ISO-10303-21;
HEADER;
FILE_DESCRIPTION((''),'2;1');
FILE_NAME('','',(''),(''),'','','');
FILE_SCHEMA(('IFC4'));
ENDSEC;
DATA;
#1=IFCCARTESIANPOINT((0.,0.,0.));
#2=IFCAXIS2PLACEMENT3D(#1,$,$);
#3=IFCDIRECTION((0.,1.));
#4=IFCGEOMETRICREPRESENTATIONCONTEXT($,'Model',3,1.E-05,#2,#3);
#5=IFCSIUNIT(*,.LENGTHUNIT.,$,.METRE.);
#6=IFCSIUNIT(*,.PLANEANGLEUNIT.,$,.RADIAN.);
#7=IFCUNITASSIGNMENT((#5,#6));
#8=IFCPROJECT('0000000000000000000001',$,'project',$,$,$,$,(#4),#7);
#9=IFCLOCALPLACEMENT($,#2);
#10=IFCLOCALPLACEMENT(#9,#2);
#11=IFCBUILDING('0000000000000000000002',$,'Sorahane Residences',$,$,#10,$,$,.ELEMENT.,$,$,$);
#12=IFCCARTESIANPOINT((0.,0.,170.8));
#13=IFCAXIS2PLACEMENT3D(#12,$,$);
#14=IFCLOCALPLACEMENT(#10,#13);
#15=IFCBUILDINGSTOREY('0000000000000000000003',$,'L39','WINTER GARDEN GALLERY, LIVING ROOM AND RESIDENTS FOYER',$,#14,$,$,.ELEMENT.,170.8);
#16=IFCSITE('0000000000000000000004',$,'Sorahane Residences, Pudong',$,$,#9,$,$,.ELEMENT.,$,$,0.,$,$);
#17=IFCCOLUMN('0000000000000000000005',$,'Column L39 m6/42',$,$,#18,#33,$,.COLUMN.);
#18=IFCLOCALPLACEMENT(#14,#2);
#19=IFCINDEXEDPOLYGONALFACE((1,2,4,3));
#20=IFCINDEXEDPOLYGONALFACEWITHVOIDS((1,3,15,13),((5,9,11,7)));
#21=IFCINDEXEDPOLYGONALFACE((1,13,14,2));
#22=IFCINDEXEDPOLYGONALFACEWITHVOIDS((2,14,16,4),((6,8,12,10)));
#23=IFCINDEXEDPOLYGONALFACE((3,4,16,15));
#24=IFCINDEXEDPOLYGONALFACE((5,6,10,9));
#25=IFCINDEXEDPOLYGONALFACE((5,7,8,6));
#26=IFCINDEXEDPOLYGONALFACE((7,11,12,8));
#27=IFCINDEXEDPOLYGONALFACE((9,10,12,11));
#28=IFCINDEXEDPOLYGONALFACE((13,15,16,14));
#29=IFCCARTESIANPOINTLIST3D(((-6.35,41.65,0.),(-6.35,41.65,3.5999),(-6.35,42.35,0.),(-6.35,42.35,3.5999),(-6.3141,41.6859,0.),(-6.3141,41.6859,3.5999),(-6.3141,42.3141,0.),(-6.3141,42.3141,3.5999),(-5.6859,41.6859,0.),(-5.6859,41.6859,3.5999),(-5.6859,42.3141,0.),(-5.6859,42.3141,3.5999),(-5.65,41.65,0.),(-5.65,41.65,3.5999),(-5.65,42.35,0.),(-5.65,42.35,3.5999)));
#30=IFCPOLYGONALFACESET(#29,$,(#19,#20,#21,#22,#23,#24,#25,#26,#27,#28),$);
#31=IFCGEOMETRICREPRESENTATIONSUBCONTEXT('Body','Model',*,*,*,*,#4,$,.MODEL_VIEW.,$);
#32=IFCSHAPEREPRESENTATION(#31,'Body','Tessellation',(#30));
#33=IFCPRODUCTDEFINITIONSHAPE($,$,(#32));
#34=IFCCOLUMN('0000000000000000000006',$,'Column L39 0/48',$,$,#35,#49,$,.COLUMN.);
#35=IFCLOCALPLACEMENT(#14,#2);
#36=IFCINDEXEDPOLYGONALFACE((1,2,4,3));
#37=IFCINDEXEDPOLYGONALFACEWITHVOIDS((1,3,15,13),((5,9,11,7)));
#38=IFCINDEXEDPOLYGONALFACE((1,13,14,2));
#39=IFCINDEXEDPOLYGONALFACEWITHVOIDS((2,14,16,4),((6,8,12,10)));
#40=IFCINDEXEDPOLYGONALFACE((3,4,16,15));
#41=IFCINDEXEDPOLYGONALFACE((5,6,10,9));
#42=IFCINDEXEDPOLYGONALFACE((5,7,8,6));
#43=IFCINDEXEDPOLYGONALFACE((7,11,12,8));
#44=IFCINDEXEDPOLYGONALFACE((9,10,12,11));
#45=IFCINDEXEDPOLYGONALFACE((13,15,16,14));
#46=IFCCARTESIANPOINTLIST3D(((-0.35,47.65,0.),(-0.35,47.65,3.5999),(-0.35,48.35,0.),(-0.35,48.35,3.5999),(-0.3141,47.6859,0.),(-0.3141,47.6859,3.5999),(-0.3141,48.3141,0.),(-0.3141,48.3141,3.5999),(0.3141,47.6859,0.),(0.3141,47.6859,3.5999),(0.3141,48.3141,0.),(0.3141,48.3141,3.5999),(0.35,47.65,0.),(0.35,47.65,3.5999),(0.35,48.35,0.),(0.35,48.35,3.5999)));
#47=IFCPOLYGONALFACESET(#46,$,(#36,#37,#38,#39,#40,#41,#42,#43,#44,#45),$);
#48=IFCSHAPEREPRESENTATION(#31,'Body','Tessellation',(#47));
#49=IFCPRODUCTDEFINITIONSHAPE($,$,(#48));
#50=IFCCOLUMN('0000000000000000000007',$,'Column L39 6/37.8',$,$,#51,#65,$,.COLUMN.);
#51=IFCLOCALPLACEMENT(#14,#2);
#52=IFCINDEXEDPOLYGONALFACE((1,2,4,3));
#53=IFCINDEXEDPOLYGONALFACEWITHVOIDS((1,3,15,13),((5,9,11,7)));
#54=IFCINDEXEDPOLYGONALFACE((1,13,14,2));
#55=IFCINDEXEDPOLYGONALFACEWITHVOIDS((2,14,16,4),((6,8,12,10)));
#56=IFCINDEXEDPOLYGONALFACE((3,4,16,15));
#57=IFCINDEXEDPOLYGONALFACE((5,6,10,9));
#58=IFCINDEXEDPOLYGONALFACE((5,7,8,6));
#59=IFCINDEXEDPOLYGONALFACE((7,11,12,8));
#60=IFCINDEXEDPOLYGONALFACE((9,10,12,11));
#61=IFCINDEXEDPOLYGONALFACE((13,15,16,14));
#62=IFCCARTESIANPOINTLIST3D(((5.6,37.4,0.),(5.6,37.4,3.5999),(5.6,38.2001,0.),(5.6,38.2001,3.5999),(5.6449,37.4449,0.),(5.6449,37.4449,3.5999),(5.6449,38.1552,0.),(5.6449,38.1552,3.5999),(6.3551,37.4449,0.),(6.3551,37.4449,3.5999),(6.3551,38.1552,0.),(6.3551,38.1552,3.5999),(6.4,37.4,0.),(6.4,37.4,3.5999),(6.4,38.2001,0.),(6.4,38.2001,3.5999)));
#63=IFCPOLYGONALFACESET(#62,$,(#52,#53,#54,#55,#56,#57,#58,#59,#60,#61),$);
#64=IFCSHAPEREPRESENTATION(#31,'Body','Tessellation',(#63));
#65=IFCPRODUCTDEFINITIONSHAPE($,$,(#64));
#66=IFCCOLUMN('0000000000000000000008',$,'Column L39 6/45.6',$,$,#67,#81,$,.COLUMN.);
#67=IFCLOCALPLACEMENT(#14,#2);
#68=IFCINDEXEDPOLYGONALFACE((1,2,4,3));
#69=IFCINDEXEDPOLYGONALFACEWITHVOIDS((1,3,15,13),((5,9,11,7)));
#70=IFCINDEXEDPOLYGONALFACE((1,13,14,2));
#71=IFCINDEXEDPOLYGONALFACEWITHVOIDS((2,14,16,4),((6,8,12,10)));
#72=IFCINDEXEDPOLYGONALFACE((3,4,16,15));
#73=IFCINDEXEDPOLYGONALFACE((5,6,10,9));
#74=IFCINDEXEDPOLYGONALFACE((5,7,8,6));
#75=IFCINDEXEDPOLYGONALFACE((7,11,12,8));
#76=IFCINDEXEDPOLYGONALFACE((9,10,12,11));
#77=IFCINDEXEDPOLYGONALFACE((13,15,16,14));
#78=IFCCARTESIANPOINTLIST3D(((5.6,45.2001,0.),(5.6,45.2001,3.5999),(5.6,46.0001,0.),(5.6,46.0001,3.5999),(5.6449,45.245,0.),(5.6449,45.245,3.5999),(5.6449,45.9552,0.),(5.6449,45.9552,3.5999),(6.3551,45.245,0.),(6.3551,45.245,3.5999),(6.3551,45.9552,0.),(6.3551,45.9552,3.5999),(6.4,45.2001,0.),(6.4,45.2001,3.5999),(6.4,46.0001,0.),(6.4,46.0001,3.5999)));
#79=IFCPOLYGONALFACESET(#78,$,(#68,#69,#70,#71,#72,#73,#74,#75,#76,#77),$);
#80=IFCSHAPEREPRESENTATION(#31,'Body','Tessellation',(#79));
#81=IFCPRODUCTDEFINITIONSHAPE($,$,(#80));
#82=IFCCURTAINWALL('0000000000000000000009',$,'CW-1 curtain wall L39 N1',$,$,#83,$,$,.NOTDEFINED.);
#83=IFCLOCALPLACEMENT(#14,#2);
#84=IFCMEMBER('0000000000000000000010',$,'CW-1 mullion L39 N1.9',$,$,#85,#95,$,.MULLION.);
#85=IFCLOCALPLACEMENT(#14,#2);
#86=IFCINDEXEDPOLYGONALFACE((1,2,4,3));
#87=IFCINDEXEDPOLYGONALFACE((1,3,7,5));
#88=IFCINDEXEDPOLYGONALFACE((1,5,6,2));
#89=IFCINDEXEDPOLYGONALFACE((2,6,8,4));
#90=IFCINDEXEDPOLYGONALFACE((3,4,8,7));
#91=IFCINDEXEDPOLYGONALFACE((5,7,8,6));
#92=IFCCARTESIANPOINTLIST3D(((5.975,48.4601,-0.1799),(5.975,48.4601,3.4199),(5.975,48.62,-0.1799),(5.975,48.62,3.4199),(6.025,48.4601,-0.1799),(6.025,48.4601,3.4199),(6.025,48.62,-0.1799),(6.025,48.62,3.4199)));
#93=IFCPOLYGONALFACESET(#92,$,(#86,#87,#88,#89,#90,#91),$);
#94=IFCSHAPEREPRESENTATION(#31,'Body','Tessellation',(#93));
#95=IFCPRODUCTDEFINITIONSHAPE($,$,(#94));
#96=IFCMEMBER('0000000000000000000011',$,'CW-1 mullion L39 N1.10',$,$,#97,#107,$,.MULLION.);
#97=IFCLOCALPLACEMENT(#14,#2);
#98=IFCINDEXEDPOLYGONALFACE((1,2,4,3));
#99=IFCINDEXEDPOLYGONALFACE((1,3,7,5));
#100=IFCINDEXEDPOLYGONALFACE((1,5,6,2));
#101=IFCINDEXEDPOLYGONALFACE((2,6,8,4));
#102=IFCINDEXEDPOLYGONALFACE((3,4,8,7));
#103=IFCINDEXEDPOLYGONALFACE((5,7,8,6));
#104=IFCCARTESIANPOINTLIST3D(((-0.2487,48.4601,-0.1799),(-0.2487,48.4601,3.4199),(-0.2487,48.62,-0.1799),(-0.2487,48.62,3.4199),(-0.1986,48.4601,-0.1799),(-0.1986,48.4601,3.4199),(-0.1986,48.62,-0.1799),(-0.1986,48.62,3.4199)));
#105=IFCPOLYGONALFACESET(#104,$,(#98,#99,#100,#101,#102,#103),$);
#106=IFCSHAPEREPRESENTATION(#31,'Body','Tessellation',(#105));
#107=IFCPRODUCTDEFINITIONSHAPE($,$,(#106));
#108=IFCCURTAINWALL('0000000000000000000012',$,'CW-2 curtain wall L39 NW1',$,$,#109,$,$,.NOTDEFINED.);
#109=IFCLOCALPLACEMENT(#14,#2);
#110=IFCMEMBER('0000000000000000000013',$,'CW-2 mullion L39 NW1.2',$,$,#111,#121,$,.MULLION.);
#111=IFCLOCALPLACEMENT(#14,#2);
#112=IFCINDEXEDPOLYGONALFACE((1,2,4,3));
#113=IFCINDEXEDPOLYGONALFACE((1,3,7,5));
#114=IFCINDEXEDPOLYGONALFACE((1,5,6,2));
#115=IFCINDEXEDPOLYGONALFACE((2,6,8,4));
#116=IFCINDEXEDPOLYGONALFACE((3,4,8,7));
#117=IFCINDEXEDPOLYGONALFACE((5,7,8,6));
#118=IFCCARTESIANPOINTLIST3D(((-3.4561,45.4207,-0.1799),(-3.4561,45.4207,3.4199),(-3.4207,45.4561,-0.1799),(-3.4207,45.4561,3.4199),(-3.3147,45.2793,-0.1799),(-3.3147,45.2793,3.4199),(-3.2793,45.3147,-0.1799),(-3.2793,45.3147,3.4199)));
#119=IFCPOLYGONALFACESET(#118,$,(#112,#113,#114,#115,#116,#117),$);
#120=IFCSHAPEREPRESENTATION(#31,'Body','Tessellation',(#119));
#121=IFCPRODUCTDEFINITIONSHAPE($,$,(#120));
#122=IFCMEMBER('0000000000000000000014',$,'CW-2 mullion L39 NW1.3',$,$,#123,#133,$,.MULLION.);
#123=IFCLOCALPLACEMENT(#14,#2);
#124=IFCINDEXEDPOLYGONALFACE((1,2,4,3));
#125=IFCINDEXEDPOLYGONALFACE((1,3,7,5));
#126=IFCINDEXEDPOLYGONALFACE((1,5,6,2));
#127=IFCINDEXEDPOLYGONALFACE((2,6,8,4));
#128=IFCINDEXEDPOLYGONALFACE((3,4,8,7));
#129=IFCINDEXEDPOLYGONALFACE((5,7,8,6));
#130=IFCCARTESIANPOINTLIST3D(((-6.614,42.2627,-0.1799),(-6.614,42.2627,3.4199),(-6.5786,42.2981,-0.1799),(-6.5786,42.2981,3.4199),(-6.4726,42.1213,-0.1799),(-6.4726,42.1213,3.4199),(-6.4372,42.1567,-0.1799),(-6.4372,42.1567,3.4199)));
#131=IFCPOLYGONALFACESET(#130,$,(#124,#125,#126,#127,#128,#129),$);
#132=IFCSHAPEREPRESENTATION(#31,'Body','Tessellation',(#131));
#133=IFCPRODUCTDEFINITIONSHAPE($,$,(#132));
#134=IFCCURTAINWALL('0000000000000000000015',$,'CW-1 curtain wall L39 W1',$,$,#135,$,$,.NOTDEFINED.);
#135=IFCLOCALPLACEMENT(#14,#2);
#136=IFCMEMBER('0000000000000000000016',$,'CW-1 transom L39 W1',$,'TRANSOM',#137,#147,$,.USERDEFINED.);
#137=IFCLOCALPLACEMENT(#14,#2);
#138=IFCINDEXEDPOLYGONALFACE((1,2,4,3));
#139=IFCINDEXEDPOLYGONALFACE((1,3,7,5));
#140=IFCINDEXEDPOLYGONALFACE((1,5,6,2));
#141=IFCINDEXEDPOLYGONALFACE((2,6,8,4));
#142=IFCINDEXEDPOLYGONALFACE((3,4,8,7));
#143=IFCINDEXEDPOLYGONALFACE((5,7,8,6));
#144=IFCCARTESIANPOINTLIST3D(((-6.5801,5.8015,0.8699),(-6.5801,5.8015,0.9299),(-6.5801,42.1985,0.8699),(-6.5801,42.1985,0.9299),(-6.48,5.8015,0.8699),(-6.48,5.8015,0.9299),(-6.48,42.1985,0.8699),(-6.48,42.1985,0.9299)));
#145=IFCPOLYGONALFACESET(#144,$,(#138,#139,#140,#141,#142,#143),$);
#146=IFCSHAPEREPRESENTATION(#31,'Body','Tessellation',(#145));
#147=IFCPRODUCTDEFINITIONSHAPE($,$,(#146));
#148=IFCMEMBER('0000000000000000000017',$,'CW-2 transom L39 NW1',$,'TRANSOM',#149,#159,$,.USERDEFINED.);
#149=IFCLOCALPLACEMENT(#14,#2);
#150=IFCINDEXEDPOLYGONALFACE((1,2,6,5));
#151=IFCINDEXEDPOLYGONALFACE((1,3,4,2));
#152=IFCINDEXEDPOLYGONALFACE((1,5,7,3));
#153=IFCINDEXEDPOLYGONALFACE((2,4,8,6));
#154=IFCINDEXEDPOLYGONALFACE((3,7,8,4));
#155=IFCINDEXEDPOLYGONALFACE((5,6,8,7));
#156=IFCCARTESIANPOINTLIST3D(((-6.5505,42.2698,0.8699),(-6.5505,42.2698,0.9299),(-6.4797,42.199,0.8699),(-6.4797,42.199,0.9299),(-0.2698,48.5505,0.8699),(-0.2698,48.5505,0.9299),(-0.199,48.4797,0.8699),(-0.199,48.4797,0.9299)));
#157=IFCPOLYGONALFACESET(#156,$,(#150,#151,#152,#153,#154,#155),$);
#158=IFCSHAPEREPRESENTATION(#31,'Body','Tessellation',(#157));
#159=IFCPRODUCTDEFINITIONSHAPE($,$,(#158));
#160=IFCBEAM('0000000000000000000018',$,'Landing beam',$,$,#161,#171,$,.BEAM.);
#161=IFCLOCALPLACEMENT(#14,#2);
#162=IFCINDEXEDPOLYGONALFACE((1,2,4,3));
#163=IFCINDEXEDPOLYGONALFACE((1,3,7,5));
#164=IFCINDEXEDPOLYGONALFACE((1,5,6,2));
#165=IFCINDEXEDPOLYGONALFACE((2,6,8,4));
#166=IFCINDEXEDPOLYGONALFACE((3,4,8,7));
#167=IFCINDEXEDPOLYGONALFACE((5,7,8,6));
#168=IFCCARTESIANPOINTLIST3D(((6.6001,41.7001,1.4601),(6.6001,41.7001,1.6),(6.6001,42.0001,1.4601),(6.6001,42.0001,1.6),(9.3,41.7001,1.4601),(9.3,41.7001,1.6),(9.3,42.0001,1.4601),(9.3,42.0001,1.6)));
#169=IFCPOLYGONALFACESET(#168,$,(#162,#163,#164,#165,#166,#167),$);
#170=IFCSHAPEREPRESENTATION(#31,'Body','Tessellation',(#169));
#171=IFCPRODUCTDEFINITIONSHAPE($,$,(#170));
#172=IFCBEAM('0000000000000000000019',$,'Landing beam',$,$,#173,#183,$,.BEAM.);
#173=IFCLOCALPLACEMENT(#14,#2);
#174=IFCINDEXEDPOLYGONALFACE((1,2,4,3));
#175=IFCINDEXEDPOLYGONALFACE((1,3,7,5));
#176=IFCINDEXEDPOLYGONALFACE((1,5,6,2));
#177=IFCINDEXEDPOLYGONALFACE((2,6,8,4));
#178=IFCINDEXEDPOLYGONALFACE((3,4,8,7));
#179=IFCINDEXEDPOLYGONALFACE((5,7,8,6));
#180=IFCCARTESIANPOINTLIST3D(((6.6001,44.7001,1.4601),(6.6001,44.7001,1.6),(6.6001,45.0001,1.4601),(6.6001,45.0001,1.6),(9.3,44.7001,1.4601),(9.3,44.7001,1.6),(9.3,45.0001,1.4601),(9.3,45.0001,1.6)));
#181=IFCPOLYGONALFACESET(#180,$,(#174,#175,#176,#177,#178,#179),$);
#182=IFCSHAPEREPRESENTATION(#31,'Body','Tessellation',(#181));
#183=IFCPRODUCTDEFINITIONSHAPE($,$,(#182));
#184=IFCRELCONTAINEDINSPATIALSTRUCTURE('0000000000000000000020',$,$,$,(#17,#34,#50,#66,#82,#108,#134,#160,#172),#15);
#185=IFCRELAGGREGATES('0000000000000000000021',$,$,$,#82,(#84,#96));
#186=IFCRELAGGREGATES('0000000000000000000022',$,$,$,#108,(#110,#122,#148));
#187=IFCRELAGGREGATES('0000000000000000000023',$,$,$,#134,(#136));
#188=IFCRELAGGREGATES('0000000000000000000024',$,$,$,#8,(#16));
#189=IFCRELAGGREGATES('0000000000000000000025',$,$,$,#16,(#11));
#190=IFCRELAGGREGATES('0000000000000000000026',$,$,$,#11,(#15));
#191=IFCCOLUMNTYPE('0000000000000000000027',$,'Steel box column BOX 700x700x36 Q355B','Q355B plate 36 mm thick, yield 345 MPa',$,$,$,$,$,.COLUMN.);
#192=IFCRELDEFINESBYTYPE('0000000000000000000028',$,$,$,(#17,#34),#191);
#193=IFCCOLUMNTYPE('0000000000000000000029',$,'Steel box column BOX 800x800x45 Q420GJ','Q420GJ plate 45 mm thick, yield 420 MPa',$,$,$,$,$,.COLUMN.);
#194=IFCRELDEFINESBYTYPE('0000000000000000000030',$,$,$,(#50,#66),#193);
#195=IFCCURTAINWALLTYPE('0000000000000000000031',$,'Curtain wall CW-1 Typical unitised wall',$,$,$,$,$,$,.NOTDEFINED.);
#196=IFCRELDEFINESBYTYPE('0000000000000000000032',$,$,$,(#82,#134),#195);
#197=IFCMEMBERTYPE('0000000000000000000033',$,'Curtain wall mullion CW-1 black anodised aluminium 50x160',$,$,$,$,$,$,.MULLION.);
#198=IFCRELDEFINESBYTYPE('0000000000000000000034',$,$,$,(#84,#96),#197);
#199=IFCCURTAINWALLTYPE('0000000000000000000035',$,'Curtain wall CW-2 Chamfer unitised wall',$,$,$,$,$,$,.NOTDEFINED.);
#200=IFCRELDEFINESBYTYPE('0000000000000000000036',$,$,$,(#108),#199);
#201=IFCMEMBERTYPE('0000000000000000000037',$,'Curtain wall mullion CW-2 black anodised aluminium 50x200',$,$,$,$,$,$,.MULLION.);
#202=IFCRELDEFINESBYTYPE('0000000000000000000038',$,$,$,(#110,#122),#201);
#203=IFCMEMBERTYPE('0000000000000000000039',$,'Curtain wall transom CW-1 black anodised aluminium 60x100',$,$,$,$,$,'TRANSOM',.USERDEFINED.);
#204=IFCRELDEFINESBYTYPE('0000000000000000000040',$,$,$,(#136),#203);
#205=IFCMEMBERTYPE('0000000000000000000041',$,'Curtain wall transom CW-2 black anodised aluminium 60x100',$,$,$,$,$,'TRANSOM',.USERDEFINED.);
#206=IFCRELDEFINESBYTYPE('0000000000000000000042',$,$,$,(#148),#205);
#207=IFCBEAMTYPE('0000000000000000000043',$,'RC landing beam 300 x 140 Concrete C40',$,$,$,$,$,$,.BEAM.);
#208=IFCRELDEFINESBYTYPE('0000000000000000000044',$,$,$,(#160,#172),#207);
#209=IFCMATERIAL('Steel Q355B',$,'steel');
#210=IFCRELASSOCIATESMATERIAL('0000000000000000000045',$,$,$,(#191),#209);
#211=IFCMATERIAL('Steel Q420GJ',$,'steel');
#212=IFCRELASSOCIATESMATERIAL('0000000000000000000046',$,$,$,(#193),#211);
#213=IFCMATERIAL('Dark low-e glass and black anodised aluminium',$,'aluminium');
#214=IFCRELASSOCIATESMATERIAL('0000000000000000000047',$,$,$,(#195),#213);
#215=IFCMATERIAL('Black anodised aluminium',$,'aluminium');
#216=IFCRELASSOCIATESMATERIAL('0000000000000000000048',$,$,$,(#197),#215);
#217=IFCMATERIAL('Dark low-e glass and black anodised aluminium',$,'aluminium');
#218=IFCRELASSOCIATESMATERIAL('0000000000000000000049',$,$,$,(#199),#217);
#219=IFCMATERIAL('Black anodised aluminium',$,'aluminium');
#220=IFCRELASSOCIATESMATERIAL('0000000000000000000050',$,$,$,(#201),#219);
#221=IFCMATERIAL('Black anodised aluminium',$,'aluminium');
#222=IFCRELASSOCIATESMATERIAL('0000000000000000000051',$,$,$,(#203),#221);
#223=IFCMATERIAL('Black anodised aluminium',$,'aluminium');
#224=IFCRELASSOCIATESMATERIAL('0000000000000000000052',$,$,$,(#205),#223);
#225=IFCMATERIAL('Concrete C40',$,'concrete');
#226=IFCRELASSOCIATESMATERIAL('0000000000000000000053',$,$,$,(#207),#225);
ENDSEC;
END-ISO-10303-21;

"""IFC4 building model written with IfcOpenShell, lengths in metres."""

from ifc_helpers import new_model, si_unit, direction, frame, origin, origin_2d, place, context, subcontext, project, spatial, rectangle, hollow_rectangle, extrude, material, material_profile, profile_set, type_object, element, aggregate, save


model = new_model("IFC4")

# Units and contexts
model_context = context("Model", 3, precision=1e-05, world=origin(), true_north=direction((0.0, 1.0)))
body_context = subcontext(model_context, "Body", "Model", "MODEL_VIEW")
ifc_project = project(units=[si_unit("LENGTHUNIT", "METRE"), si_unit("PLANEANGLEUNIT", "RADIAN")], contexts=[model_context])

# Site, building, storey
site_placement = place(None, origin())
site = spatial("IfcSite", under=ifc_project, at=site_placement, Name="Sorahane Residences, Pudong", CompositionType="ELEMENT", RefElevation=0.0)
building_placement = place(site_placement, origin())
building = spatial("IfcBuilding", under=site, at=building_placement, Name="Sorahane Residences", CompositionType="ELEMENT")
storey_placement = place(building_placement, frame((0.0, 0.0, 170.8)))
storey = spatial("IfcBuildingStorey", under=building, at=storey_placement, Name="L39", Description="WINTER GARDEN GALLERY, LIVING ROOM AND RESIDENTS FOYER", CompositionType="ELEMENT", Elevation=170.8)

# Columns
ifc_material_1 = material(Name="Steel Q355B", Category="steel")
ifc_material_profile_1 = material_profile(ifc_material_1, hollow_rectangle(XDim=0.7, YDim=0.7, WallThickness=0.0359, at=origin_2d()), Name="BOX 700x700x36")
ifc_profile_set_1 = profile_set([ifc_material_profile_1], Name="Steel Q355B")
column_type_1 = type_object("IfcColumnType", Name="Steel box column BOX 700x700x36 Q355B", Description="Q355B plate 36 mm thick, yield 345 MPa", PredefinedType="COLUMN", material=ifc_profile_set_1)
for number, where, z_axis, x_axis, name in (
    (1, (-6.0, 42.0, 0.0), (0.0, 0.0, 1.0), (1.0, 0.0, 0.0), "Column L39 m6/42"),
    (2, (0.0, 48.0, 0.0), (0.0, 0.0, 1.0), (1.0, 0.0, 0.0), "Column L39 0/48"),
):
    element("IfcColumn", number, at=place(storey_placement, frame(where, z_axis=z_axis, x_axis=x_axis)), inside=storey, type_object=column_type_1, Name=name, PredefinedType="COLUMN", context=body_context, shape_type="SweptSolid", body=[
        extrude(hollow_rectangle(XDim=0.7, YDim=0.7, WallThickness=0.0359, at=origin_2d()), origin(), (0.0, 0.0, 1.0), 3.5999),
    ])
ifc_material_2 = material(Name="Steel Q420GJ", Category="steel")
ifc_material_profile_2 = material_profile(ifc_material_2, hollow_rectangle(XDim=0.8, YDim=0.8, WallThickness=0.0449, at=origin_2d()), Name="BOX 800x800x45")
ifc_profile_set_2 = profile_set([ifc_material_profile_2], Name="Steel Q420GJ")
column_type_2 = type_object("IfcColumnType", Name="Steel box column BOX 800x800x45 Q420GJ", Description="Q420GJ plate 45 mm thick, yield 420 MPa", PredefinedType="COLUMN", material=ifc_profile_set_2)
for number, where, z_axis, x_axis, name in (
    (3, (6.0, 37.8, 0.0), (0.0, 0.0, 1.0), (1.0, 0.0, 0.0), "Column L39 6/37.8"),
    (4, (6.0, 45.6001, 0.0), (0.0, 0.0, 1.0), (1.0, 0.0, 0.0), "Column L39 6/45.6"),
):
    element("IfcColumn", number, at=place(storey_placement, frame(where, z_axis=z_axis, x_axis=x_axis)), inside=storey, type_object=column_type_2, Name=name, PredefinedType="COLUMN", context=body_context, shape_type="SweptSolid", body=[
        extrude(hollow_rectangle(XDim=0.8, YDim=0.8, WallThickness=0.0449, at=origin_2d()), origin(), (0.0, 0.0, 1.0), 3.5999),
    ])

# Curtain walls, members
ifc_material_3 = material(Name="Dark low-e glass and black anodised aluminium", Category="aluminium")
curtain_wall_type_1 = type_object("IfcCurtainWallType", Name="Curtain wall CW-1 Typical unitised wall", PredefinedType="NOTDEFINED", material=ifc_material_3)
curtain_wall_1_placement = place(storey_placement, origin())
curtain_wall_1 = element("IfcCurtainWall", 5, at=curtain_wall_1_placement, inside=storey, type_object=curtain_wall_type_1, Name="CW-1 curtain wall L39 N1", PredefinedType="NOTDEFINED")
ifc_material_4 = material(Name="Black anodised aluminium", Category="aluminium")
ifc_material_profile_3 = material_profile(ifc_material_4, rectangle(XDim=0.1599, YDim=0.05, at=origin_2d()), Name="Curtain wall mullion CW-1 black anodised aluminium 50x160")
ifc_profile_set_3 = profile_set([ifc_material_profile_3], Name="Black anodised aluminium")
member_type_1 = type_object("IfcMemberType", Name="Curtain wall mullion CW-1 black anodised aluminium 50x160", PredefinedType="MULLION", material=ifc_profile_set_3)
member_1_placement = place(storey_placement, frame((6.0, 48.54, -0.1799), z_axis=(0.0, 0.0, 1.0), x_axis=(0.0, 1.0, 0.0)))
member_1 = element("IfcMember", 6, at=member_1_placement, type_object=member_type_1, Name="CW-1 mullion L39 N1.9", PredefinedType="MULLION", context=body_context, shape_type="SweptSolid", body=[
    extrude(rectangle(XDim=0.1599, YDim=0.05, at=origin_2d()), origin(), (0.0, 0.0, 1.0), 3.5999),
])
member_2_placement = place(storey_placement, frame((-0.2236, 48.54, -0.1799), z_axis=(0.0, 0.0, 1.0), x_axis=(0.0, 1.0, 0.0)))
member_2 = element("IfcMember", 7, at=member_2_placement, type_object=member_type_1, Name="CW-1 mullion L39 N1.10", PredefinedType="MULLION", context=body_context, shape_type="SweptSolid", body=[
    extrude(rectangle(XDim=0.1599, YDim=0.05, at=origin_2d()), origin(), (0.0, 0.0, 1.0), 3.5999),
])
ifc_material_5 = material(Name="Dark low-e glass and black anodised aluminium", Category="aluminium")
curtain_wall_type_2 = type_object("IfcCurtainWallType", Name="Curtain wall CW-2 Chamfer unitised wall", PredefinedType="NOTDEFINED", material=ifc_material_5)
curtain_wall_2_placement = place(storey_placement, origin())
curtain_wall_2 = element("IfcCurtainWall", 8, at=curtain_wall_2_placement, inside=storey, type_object=curtain_wall_type_2, Name="CW-2 curtain wall L39 NW1", PredefinedType="NOTDEFINED")
ifc_material_6 = material(Name="Black anodised aluminium", Category="aluminium")
ifc_material_profile_4 = material_profile(ifc_material_6, rectangle(XDim=0.2, YDim=0.05, at=origin_2d()), Name="Curtain wall mullion CW-2 black anodised aluminium 50x200")
ifc_profile_set_4 = profile_set([ifc_material_profile_4], Name="Black anodised aluminium")
member_type_2 = type_object("IfcMemberType", Name="Curtain wall mullion CW-2 black anodised aluminium 50x200", PredefinedType="MULLION", material=ifc_profile_set_4)
member_3_placement = place(storey_placement, frame((-3.3677, 45.3677, -0.1799), z_axis=(0.0, 0.0, 1.0), x_axis=(-0.707107, 0.707107, 0.0)))
member_3 = element("IfcMember", 9, at=member_3_placement, type_object=member_type_2, Name="CW-2 mullion L39 NW1.2", PredefinedType="MULLION", context=body_context, shape_type="SweptSolid", body=[
    extrude(rectangle(XDim=0.2, YDim=0.05, at=origin_2d()), origin(), (0.0, 0.0, 1.0), 3.5999),
])
member_4_placement = place(storey_placement, frame((-6.5256, 42.2097, -0.1799), z_axis=(0.0, 0.0, 1.0), x_axis=(-0.707107, 0.707107, 0.0)))
member_4 = element("IfcMember", 10, at=member_4_placement, type_object=member_type_2, Name="CW-2 mullion L39 NW1.3", PredefinedType="MULLION", context=body_context, shape_type="SweptSolid", body=[
    extrude(rectangle(XDim=0.2, YDim=0.05, at=origin_2d()), origin(), (0.0, 0.0, 1.0), 3.5999),
])

# Curtain wall, member
curtain_wall_3_placement = place(storey_placement, origin())
curtain_wall_3 = element("IfcCurtainWall", 11, at=curtain_wall_3_placement, inside=storey, type_object=curtain_wall_type_1, Name="CW-1 curtain wall L39 W1", PredefinedType="NOTDEFINED")
ifc_material_7 = material(Name="Black anodised aluminium", Category="aluminium")
ifc_material_profile_5 = material_profile(ifc_material_7, rectangle(XDim=0.1001, YDim=0.0601, at=origin_2d()), Name="Curtain wall transom CW-1 black anodised aluminium 60x100")
ifc_profile_set_5 = profile_set([ifc_material_profile_5], Name="Black anodised aluminium")
member_type_3 = type_object("IfcMemberType", Name="Curtain wall transom CW-1 black anodised aluminium 60x100", ElementType="TRANSOM", PredefinedType="USERDEFINED", material=ifc_profile_set_5)
member_5_placement = place(storey_placement, frame((-6.53, 42.1985, 0.8999), z_axis=(0.0, -1.0, 0.0), x_axis=(1.0, 0.0, 0.0)))
member_5 = element("IfcMember", 12, at=member_5_placement, type_object=member_type_3, Name="CW-1 transom L39 W1", ObjectType="TRANSOM", PredefinedType="USERDEFINED", context=body_context, shape_type="SweptSolid", body=[
    extrude(rectangle(XDim=0.1001, YDim=0.0601, at=origin_2d()), origin(), (0.0, 0.0, 1.0), 36.397),
])

# Member
ifc_material_8 = material(Name="Black anodised aluminium", Category="aluminium")
ifc_material_profile_6 = material_profile(ifc_material_8, rectangle(XDim=0.1001, YDim=0.0601, at=origin_2d()), Name="Curtain wall transom CW-2 black anodised aluminium 60x100")
ifc_profile_set_6 = profile_set([ifc_material_profile_6], Name="Black anodised aluminium")
member_type_4 = type_object("IfcMemberType", Name="Curtain wall transom CW-2 black anodised aluminium 60x100", ElementType="TRANSOM", PredefinedType="USERDEFINED", material=ifc_profile_set_6)
member_6_placement = place(storey_placement, frame((-0.2344, 48.5151, 0.8999), z_axis=(-0.707107, -0.707107, 0.0), x_axis=(0.707107, -0.707107, 0.0)))
member_6 = element("IfcMember", 13, at=member_6_placement, type_object=member_type_4, Name="CW-2 transom L39 NW1", ObjectType="TRANSOM", PredefinedType="USERDEFINED", context=body_context, shape_type="SweptSolid", body=[
    extrude(rectangle(XDim=0.1001, YDim=0.0601, at=origin_2d()), origin(), (0.0, 0.0, 1.0), 8.8823),
])

# Beams
ifc_material_9 = material(Name="Concrete C40", Category="concrete")
ifc_material_profile_7 = material_profile(ifc_material_9, rectangle(XDim=0.3, YDim=0.1399, at=origin_2d()), Name="300x140")
ifc_profile_set_7 = profile_set([ifc_material_profile_7], Name="Concrete C40")
beam_type_1 = type_object("IfcBeamType", Name="RC landing beam 300 x 140 Concrete C40", PredefinedType="BEAM", material=ifc_profile_set_7)
for number, where, z_axis, x_axis, name in (
    (14, (6.6001, 41.8501, 1.53), (1.0, 0.0, 0.0), (0.0, 1.0, 0.0), "Landing beam"),
    (15, (6.6001, 44.8501, 1.53), (1.0, 0.0, 0.0), (0.0, 1.0, 0.0), "Landing beam"),
):
    element("IfcBeam", number, at=place(storey_placement, frame(where, z_axis=z_axis, x_axis=x_axis)), inside=storey, type_object=beam_type_1, Name=name, PredefinedType="BEAM", context=body_context, shape_type="SweptSolid", body=[
        extrude(rectangle(XDim=0.3, YDim=0.1399, at=origin_2d()), origin(), (0.0, 0.0, 1.0), 2.7),
    ])

aggregate(curtain_wall_1, [member_1, member_2])
aggregate(curtain_wall_2, [member_3, member_4, member_6])
aggregate(curtain_wall_3, [member_5])

save(model, "model.ifc")
